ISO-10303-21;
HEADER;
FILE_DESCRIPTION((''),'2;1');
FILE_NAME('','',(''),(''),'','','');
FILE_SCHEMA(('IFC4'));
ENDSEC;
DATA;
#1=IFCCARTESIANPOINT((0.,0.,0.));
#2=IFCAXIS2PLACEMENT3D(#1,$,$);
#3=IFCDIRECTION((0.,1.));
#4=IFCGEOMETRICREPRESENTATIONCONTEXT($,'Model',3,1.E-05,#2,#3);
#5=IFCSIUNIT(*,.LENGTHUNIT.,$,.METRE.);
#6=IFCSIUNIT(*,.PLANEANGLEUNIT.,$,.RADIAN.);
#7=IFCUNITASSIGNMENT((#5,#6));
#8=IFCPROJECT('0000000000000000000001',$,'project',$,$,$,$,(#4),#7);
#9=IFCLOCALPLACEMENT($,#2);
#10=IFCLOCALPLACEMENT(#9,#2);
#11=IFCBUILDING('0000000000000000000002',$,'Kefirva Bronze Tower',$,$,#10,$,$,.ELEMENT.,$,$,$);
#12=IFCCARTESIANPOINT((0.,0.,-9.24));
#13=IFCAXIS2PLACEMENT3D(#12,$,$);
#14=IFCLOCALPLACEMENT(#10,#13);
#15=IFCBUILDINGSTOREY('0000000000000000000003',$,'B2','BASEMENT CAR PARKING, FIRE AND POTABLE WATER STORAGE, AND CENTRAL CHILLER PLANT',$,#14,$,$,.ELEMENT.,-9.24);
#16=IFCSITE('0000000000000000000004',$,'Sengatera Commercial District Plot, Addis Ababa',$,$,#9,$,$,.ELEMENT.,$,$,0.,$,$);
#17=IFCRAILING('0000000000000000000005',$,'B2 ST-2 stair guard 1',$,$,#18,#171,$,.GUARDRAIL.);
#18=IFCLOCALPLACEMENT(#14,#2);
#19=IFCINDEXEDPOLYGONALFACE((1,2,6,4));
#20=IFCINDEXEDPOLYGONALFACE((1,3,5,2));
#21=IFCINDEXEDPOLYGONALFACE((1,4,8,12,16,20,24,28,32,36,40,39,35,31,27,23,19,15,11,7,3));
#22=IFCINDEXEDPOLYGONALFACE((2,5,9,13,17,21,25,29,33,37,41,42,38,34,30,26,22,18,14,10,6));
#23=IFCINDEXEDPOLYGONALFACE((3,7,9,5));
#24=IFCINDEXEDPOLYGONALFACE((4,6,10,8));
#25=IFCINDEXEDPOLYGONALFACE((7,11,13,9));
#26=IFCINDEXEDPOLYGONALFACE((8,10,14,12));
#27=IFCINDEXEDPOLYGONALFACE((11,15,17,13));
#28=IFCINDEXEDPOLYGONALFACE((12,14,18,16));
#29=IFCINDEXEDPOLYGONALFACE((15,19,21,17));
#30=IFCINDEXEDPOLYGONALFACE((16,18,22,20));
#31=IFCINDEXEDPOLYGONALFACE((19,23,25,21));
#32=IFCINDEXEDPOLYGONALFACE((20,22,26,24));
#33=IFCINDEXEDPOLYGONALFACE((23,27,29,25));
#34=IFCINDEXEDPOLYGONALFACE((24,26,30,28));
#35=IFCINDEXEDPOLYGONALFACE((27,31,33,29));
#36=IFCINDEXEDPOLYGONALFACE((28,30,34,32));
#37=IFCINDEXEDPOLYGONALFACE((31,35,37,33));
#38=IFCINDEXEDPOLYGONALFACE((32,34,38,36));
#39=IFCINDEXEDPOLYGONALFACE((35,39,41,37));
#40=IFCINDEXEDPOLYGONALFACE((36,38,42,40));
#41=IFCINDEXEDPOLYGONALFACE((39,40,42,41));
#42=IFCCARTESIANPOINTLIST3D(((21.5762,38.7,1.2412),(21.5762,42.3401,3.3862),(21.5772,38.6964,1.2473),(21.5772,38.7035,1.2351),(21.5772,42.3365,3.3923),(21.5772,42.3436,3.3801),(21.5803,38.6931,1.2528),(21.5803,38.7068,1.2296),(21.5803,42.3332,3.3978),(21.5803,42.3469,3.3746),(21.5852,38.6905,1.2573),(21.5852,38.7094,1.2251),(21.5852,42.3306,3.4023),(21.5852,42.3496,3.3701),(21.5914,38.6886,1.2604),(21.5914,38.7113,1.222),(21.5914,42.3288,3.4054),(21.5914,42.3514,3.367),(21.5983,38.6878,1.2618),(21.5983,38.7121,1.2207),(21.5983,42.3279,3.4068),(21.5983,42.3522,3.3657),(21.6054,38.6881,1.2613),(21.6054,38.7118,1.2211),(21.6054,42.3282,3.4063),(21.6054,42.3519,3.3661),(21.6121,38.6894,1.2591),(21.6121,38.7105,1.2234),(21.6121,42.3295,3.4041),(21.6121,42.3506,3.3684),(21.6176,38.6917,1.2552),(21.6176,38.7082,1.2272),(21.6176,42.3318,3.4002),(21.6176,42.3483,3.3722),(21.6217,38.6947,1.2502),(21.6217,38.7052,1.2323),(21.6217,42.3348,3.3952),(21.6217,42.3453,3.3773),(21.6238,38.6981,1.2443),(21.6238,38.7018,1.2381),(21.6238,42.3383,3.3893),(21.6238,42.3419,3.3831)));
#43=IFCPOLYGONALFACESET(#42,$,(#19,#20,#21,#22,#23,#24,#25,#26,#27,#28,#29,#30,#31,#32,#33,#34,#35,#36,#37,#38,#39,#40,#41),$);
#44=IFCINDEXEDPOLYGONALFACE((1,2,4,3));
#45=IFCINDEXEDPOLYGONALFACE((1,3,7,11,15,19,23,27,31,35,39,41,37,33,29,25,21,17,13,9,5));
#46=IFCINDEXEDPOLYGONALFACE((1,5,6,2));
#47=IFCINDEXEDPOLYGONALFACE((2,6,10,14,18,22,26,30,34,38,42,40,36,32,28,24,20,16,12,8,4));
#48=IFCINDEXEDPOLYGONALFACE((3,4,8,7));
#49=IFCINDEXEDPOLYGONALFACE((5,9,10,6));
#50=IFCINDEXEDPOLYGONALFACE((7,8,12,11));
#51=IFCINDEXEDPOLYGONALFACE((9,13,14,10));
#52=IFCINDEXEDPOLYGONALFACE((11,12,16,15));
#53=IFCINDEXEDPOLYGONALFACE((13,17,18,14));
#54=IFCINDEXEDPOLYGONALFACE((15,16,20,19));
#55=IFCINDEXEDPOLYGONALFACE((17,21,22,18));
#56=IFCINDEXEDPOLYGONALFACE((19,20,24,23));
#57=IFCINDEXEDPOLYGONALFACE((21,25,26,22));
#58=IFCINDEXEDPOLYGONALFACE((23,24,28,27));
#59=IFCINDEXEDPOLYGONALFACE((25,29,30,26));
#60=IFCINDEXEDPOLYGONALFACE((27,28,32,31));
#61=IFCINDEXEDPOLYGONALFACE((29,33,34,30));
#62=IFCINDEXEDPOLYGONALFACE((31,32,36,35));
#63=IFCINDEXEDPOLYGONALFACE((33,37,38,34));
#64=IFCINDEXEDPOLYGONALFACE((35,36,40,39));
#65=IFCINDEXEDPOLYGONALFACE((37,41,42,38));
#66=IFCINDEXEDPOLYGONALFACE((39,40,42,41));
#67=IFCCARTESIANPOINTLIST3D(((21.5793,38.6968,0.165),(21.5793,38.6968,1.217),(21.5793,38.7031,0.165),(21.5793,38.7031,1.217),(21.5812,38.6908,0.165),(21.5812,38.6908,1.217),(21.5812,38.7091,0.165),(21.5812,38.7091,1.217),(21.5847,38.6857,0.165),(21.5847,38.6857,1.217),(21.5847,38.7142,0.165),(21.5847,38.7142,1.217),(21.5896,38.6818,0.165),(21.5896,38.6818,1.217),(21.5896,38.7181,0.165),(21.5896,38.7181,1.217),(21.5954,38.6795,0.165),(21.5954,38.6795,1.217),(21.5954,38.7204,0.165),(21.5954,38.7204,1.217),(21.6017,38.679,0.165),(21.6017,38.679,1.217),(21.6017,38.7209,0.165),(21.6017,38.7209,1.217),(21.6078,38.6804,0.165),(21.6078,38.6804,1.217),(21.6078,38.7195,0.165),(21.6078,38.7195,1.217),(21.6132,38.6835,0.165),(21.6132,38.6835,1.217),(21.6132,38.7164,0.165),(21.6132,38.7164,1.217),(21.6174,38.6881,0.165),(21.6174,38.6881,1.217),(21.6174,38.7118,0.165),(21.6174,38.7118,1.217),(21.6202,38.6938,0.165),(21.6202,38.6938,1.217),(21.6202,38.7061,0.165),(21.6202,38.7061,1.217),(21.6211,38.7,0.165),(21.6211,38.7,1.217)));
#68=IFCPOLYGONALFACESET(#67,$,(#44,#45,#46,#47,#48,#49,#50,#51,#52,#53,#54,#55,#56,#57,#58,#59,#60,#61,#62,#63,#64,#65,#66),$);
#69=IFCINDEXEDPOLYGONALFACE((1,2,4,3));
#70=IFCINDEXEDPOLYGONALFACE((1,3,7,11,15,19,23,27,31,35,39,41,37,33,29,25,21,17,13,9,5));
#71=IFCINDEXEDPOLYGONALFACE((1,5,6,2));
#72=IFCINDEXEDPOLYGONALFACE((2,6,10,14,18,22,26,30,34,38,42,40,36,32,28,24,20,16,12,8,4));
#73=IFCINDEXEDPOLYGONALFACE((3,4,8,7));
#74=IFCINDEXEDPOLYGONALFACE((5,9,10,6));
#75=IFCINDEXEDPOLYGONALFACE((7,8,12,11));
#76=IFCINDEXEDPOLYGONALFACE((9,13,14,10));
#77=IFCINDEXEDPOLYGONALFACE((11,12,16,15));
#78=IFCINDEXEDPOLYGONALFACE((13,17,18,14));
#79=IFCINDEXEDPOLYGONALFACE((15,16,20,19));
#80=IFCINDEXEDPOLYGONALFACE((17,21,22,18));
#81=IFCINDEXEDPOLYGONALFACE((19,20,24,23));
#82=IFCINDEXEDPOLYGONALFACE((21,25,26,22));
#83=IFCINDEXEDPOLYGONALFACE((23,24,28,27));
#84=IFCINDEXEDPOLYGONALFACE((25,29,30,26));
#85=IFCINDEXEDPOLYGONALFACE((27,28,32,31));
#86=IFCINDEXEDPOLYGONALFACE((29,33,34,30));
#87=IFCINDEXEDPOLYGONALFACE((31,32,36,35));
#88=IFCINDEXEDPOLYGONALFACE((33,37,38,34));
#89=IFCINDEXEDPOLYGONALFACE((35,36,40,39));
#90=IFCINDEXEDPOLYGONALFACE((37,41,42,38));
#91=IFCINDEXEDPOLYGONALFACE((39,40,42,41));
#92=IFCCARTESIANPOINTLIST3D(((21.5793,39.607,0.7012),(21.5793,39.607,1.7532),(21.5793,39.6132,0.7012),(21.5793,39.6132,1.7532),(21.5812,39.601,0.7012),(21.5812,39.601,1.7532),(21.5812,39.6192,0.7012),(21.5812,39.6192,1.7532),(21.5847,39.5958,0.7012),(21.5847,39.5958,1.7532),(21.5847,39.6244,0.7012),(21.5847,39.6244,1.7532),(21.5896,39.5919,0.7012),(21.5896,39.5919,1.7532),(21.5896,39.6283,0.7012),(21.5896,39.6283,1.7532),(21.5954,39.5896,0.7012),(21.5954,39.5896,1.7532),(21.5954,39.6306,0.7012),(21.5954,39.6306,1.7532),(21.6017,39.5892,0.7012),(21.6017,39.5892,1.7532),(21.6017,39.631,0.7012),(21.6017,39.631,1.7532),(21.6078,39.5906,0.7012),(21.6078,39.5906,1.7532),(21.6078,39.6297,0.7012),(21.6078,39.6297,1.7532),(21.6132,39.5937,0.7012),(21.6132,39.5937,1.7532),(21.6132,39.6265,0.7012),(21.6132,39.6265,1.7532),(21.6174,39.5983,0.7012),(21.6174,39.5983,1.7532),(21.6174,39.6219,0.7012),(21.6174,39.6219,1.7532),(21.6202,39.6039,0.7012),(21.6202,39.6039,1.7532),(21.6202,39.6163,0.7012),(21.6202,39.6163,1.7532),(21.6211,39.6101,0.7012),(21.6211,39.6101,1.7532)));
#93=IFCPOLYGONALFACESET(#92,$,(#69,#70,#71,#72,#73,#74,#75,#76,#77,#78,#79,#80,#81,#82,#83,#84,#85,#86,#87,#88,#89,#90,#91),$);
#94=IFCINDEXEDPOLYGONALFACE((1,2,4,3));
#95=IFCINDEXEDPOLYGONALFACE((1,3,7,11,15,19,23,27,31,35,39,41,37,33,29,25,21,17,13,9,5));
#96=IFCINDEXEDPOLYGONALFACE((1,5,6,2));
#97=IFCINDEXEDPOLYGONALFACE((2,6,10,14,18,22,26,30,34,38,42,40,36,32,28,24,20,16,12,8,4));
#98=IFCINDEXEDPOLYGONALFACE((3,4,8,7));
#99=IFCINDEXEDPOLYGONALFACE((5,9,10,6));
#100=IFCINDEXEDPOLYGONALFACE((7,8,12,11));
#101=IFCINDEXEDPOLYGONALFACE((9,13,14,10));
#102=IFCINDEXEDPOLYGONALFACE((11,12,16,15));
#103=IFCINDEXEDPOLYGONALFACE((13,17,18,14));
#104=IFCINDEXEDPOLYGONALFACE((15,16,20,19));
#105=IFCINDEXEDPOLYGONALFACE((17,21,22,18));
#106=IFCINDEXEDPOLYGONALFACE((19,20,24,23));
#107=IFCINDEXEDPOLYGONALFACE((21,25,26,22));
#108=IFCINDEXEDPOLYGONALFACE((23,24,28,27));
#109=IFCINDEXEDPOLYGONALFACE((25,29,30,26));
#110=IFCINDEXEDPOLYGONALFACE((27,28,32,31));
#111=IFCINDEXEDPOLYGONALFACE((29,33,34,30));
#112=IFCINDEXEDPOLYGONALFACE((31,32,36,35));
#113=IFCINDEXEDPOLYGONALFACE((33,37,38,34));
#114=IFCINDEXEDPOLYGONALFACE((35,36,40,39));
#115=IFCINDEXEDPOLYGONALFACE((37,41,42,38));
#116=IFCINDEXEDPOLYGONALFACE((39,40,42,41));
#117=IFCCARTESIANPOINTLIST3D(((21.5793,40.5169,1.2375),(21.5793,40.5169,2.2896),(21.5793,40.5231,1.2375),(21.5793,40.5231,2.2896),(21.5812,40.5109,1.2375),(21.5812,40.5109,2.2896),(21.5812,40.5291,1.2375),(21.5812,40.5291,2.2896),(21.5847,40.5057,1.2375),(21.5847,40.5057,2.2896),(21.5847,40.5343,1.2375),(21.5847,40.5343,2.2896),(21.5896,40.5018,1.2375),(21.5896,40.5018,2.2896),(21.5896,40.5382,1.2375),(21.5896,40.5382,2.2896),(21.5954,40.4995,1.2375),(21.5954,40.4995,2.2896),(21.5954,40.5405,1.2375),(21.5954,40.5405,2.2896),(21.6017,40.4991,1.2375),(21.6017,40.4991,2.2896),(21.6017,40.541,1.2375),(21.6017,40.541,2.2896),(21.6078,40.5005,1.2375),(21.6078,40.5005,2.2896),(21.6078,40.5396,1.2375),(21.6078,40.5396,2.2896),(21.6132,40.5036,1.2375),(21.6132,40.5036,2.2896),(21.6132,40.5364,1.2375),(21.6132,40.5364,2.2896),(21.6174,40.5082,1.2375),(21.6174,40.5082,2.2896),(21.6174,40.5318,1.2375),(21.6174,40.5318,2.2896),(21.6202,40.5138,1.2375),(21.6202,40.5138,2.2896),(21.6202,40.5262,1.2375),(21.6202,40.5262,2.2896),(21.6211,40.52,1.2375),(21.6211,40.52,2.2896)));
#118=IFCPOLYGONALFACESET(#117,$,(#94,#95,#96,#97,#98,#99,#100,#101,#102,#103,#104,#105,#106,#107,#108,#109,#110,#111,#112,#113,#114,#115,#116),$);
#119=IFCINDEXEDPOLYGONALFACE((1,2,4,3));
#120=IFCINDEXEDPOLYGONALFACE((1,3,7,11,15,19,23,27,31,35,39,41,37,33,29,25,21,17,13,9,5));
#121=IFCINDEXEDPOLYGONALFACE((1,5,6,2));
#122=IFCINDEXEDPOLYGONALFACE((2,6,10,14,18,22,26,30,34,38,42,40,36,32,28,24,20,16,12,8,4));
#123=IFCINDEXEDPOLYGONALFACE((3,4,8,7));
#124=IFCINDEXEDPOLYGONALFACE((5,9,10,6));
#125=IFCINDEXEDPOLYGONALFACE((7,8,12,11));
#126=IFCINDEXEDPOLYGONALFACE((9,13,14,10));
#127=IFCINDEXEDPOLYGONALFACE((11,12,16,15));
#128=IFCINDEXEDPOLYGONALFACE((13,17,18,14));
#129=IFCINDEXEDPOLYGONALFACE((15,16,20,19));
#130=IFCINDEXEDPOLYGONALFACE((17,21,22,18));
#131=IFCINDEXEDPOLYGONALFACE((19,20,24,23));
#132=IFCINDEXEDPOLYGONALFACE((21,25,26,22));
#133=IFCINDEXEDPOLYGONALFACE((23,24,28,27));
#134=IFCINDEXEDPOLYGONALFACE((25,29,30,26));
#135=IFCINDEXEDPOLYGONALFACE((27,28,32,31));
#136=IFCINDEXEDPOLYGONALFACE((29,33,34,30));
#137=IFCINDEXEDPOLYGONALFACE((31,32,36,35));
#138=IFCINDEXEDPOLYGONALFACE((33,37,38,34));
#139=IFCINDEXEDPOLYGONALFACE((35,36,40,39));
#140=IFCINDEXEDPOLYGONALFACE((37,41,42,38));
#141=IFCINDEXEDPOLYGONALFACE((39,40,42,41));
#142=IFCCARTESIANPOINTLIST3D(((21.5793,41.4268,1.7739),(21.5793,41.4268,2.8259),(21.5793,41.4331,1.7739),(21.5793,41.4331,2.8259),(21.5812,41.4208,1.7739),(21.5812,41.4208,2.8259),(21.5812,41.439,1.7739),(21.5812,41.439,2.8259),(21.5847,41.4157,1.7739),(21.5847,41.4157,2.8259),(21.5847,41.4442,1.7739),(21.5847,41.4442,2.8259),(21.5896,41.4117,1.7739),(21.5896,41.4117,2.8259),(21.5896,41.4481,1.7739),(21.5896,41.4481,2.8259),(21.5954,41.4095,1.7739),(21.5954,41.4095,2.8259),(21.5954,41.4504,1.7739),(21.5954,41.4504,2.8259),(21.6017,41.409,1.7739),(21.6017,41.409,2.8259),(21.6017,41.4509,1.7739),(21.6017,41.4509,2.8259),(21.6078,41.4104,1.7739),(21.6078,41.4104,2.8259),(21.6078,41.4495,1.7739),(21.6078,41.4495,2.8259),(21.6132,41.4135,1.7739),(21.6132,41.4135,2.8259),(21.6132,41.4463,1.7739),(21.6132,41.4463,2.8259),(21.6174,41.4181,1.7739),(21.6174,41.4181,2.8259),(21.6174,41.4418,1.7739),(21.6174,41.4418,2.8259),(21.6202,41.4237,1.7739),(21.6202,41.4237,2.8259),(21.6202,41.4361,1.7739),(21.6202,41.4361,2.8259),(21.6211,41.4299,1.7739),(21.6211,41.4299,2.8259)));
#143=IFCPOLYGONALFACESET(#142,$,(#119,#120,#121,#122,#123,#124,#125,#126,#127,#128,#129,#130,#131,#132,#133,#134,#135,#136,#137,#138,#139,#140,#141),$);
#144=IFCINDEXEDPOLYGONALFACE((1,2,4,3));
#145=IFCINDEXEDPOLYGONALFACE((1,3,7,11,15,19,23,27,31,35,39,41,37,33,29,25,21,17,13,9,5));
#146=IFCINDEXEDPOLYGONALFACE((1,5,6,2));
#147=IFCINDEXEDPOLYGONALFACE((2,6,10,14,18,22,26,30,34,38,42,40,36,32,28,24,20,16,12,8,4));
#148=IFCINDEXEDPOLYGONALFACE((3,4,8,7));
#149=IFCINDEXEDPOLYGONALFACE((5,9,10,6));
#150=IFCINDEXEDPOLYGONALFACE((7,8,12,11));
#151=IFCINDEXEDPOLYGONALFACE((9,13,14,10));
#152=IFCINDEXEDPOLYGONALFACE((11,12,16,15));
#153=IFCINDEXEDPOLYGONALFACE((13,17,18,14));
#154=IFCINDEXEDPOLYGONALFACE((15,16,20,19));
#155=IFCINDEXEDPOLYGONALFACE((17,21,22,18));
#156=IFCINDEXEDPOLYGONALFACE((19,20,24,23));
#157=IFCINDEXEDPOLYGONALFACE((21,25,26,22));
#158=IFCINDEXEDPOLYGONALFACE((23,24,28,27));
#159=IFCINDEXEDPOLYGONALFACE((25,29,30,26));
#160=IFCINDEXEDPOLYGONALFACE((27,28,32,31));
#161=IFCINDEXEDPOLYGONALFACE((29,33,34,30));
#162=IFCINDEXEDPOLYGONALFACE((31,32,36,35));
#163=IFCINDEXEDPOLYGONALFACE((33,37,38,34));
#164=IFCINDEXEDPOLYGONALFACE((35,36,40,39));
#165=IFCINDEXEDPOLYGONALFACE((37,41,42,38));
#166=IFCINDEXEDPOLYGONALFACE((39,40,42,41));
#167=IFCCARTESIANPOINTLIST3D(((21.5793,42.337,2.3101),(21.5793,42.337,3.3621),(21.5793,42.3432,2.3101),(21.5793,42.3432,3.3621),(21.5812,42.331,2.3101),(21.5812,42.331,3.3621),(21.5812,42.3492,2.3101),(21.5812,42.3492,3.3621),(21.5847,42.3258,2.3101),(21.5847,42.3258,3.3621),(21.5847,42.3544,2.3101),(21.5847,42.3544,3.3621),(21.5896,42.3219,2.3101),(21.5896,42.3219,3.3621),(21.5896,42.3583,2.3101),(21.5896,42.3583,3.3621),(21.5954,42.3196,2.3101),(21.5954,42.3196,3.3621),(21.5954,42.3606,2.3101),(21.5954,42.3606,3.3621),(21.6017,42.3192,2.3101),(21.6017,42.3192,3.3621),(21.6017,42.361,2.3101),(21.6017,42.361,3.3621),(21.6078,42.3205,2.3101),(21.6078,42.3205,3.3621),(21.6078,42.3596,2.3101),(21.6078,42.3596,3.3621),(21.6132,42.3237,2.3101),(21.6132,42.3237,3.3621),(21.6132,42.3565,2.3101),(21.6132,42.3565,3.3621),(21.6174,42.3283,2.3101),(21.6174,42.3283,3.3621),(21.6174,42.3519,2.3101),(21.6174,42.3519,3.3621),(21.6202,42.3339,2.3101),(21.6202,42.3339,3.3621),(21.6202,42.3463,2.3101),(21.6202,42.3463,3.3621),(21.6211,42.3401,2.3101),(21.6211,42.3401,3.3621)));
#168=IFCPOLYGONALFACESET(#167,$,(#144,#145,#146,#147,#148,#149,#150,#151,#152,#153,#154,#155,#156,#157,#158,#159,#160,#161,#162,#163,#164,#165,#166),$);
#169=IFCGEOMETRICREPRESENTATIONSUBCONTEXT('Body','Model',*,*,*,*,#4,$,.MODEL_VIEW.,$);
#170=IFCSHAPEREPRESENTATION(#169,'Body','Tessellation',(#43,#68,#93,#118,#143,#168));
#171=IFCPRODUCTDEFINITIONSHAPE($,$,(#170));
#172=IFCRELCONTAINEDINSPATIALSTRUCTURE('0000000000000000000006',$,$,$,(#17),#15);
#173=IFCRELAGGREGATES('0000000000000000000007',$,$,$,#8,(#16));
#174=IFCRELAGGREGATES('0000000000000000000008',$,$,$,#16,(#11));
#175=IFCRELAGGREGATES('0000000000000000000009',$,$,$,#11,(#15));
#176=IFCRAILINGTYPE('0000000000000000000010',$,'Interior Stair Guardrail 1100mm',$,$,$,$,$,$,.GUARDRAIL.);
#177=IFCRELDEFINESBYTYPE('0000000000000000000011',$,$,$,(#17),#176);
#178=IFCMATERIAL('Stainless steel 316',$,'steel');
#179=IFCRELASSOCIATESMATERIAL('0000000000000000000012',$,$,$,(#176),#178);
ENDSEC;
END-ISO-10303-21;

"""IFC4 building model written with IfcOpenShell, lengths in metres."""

from ifc_helpers import new_model, si_unit, direction, frame, origin, origin_2d, place, context, subcontext, project, spatial, circle, extrude, material, type_object, element, save


model = new_model("IFC4")

# Units and contexts
model_context = context("Model", 3, precision=1e-05, world=origin(), true_north=direction((0.0, 1.0)))
body_context = subcontext(model_context, "Body", "Model", "MODEL_VIEW")
ifc_project = project(units=[si_unit("LENGTHUNIT", "METRE"), si_unit("PLANEANGLEUNIT", "RADIAN")], contexts=[model_context])

# Site, building, storey
site_placement = place(None, origin())
site = spatial("IfcSite", under=ifc_project, at=site_placement, Name="Sengatera Commercial District Plot, Addis Ababa", CompositionType="ELEMENT", RefElevation=0.0)
building_placement = place(site_placement, origin())
building = spatial("IfcBuilding", under=site, at=building_placement, Name="Kefirva Bronze Tower", CompositionType="ELEMENT")
storey_placement = place(building_placement, frame((0.0, 0.0, -9.24)))
storey = spatial("IfcBuildingStorey", under=building, at=storey_placement, Name="B2", Description="BASEMENT CAR PARKING, FIRE AND POTABLE WATER STORAGE, AND CENTRAL CHILLER PLANT", CompositionType="ELEMENT", Elevation=-9.24)

# Railing
ifc_material_1 = material(Name="Stainless steel 316", Category="steel")
railing_type_1 = type_object("IfcRailingType", Name="Interior Stair Guardrail 1100mm", PredefinedType="GUARDRAIL", material=ifc_material_1)
railing_1_placement = place(storey_placement, frame((21.6001, 38.7, 0.165)))
element("IfcRailing", 1, at=railing_1_placement, inside=storey, type_object=railing_type_1, Name="B2 ST-2 stair guard 1", PredefinedType="GUARDRAIL", context=body_context, shape_type="SweptSolid", body=[
    extrude(circle(Radius=0.0239, at=origin_2d()), frame((0.0, 0.0, 1.0762), z_axis=(0.0, 0.861545, 0.507682), x_axis=(-1.0, 0.0, 0.0)), (0.0, 0.0, 1.0), 4.2251),
    extrude(circle(Radius=0.021, at=origin_2d()), origin(), (0.0, 0.0, 1.0), 1.052),
    extrude(circle(Radius=0.021, at=origin_2d()), frame((0.0, 0.9102, 0.5361)), (0.0, 0.0, 1.0), 1.052),
    extrude(circle(Radius=0.021, at=origin_2d()), frame((0.0, 1.8201, 1.0725)), (0.0, 0.0, 1.0), 1.052),
    extrude(circle(Radius=0.021, at=origin_2d()), frame((0.0, 2.73, 1.6089)), (0.0, 0.0, 1.0), 1.052),
    extrude(circle(Radius=0.021, at=origin_2d()), frame((0.0, 3.6401, 2.145)), (0.0, 0.0, 1.0), 1.052),
])

save(model, "model.ifc")
